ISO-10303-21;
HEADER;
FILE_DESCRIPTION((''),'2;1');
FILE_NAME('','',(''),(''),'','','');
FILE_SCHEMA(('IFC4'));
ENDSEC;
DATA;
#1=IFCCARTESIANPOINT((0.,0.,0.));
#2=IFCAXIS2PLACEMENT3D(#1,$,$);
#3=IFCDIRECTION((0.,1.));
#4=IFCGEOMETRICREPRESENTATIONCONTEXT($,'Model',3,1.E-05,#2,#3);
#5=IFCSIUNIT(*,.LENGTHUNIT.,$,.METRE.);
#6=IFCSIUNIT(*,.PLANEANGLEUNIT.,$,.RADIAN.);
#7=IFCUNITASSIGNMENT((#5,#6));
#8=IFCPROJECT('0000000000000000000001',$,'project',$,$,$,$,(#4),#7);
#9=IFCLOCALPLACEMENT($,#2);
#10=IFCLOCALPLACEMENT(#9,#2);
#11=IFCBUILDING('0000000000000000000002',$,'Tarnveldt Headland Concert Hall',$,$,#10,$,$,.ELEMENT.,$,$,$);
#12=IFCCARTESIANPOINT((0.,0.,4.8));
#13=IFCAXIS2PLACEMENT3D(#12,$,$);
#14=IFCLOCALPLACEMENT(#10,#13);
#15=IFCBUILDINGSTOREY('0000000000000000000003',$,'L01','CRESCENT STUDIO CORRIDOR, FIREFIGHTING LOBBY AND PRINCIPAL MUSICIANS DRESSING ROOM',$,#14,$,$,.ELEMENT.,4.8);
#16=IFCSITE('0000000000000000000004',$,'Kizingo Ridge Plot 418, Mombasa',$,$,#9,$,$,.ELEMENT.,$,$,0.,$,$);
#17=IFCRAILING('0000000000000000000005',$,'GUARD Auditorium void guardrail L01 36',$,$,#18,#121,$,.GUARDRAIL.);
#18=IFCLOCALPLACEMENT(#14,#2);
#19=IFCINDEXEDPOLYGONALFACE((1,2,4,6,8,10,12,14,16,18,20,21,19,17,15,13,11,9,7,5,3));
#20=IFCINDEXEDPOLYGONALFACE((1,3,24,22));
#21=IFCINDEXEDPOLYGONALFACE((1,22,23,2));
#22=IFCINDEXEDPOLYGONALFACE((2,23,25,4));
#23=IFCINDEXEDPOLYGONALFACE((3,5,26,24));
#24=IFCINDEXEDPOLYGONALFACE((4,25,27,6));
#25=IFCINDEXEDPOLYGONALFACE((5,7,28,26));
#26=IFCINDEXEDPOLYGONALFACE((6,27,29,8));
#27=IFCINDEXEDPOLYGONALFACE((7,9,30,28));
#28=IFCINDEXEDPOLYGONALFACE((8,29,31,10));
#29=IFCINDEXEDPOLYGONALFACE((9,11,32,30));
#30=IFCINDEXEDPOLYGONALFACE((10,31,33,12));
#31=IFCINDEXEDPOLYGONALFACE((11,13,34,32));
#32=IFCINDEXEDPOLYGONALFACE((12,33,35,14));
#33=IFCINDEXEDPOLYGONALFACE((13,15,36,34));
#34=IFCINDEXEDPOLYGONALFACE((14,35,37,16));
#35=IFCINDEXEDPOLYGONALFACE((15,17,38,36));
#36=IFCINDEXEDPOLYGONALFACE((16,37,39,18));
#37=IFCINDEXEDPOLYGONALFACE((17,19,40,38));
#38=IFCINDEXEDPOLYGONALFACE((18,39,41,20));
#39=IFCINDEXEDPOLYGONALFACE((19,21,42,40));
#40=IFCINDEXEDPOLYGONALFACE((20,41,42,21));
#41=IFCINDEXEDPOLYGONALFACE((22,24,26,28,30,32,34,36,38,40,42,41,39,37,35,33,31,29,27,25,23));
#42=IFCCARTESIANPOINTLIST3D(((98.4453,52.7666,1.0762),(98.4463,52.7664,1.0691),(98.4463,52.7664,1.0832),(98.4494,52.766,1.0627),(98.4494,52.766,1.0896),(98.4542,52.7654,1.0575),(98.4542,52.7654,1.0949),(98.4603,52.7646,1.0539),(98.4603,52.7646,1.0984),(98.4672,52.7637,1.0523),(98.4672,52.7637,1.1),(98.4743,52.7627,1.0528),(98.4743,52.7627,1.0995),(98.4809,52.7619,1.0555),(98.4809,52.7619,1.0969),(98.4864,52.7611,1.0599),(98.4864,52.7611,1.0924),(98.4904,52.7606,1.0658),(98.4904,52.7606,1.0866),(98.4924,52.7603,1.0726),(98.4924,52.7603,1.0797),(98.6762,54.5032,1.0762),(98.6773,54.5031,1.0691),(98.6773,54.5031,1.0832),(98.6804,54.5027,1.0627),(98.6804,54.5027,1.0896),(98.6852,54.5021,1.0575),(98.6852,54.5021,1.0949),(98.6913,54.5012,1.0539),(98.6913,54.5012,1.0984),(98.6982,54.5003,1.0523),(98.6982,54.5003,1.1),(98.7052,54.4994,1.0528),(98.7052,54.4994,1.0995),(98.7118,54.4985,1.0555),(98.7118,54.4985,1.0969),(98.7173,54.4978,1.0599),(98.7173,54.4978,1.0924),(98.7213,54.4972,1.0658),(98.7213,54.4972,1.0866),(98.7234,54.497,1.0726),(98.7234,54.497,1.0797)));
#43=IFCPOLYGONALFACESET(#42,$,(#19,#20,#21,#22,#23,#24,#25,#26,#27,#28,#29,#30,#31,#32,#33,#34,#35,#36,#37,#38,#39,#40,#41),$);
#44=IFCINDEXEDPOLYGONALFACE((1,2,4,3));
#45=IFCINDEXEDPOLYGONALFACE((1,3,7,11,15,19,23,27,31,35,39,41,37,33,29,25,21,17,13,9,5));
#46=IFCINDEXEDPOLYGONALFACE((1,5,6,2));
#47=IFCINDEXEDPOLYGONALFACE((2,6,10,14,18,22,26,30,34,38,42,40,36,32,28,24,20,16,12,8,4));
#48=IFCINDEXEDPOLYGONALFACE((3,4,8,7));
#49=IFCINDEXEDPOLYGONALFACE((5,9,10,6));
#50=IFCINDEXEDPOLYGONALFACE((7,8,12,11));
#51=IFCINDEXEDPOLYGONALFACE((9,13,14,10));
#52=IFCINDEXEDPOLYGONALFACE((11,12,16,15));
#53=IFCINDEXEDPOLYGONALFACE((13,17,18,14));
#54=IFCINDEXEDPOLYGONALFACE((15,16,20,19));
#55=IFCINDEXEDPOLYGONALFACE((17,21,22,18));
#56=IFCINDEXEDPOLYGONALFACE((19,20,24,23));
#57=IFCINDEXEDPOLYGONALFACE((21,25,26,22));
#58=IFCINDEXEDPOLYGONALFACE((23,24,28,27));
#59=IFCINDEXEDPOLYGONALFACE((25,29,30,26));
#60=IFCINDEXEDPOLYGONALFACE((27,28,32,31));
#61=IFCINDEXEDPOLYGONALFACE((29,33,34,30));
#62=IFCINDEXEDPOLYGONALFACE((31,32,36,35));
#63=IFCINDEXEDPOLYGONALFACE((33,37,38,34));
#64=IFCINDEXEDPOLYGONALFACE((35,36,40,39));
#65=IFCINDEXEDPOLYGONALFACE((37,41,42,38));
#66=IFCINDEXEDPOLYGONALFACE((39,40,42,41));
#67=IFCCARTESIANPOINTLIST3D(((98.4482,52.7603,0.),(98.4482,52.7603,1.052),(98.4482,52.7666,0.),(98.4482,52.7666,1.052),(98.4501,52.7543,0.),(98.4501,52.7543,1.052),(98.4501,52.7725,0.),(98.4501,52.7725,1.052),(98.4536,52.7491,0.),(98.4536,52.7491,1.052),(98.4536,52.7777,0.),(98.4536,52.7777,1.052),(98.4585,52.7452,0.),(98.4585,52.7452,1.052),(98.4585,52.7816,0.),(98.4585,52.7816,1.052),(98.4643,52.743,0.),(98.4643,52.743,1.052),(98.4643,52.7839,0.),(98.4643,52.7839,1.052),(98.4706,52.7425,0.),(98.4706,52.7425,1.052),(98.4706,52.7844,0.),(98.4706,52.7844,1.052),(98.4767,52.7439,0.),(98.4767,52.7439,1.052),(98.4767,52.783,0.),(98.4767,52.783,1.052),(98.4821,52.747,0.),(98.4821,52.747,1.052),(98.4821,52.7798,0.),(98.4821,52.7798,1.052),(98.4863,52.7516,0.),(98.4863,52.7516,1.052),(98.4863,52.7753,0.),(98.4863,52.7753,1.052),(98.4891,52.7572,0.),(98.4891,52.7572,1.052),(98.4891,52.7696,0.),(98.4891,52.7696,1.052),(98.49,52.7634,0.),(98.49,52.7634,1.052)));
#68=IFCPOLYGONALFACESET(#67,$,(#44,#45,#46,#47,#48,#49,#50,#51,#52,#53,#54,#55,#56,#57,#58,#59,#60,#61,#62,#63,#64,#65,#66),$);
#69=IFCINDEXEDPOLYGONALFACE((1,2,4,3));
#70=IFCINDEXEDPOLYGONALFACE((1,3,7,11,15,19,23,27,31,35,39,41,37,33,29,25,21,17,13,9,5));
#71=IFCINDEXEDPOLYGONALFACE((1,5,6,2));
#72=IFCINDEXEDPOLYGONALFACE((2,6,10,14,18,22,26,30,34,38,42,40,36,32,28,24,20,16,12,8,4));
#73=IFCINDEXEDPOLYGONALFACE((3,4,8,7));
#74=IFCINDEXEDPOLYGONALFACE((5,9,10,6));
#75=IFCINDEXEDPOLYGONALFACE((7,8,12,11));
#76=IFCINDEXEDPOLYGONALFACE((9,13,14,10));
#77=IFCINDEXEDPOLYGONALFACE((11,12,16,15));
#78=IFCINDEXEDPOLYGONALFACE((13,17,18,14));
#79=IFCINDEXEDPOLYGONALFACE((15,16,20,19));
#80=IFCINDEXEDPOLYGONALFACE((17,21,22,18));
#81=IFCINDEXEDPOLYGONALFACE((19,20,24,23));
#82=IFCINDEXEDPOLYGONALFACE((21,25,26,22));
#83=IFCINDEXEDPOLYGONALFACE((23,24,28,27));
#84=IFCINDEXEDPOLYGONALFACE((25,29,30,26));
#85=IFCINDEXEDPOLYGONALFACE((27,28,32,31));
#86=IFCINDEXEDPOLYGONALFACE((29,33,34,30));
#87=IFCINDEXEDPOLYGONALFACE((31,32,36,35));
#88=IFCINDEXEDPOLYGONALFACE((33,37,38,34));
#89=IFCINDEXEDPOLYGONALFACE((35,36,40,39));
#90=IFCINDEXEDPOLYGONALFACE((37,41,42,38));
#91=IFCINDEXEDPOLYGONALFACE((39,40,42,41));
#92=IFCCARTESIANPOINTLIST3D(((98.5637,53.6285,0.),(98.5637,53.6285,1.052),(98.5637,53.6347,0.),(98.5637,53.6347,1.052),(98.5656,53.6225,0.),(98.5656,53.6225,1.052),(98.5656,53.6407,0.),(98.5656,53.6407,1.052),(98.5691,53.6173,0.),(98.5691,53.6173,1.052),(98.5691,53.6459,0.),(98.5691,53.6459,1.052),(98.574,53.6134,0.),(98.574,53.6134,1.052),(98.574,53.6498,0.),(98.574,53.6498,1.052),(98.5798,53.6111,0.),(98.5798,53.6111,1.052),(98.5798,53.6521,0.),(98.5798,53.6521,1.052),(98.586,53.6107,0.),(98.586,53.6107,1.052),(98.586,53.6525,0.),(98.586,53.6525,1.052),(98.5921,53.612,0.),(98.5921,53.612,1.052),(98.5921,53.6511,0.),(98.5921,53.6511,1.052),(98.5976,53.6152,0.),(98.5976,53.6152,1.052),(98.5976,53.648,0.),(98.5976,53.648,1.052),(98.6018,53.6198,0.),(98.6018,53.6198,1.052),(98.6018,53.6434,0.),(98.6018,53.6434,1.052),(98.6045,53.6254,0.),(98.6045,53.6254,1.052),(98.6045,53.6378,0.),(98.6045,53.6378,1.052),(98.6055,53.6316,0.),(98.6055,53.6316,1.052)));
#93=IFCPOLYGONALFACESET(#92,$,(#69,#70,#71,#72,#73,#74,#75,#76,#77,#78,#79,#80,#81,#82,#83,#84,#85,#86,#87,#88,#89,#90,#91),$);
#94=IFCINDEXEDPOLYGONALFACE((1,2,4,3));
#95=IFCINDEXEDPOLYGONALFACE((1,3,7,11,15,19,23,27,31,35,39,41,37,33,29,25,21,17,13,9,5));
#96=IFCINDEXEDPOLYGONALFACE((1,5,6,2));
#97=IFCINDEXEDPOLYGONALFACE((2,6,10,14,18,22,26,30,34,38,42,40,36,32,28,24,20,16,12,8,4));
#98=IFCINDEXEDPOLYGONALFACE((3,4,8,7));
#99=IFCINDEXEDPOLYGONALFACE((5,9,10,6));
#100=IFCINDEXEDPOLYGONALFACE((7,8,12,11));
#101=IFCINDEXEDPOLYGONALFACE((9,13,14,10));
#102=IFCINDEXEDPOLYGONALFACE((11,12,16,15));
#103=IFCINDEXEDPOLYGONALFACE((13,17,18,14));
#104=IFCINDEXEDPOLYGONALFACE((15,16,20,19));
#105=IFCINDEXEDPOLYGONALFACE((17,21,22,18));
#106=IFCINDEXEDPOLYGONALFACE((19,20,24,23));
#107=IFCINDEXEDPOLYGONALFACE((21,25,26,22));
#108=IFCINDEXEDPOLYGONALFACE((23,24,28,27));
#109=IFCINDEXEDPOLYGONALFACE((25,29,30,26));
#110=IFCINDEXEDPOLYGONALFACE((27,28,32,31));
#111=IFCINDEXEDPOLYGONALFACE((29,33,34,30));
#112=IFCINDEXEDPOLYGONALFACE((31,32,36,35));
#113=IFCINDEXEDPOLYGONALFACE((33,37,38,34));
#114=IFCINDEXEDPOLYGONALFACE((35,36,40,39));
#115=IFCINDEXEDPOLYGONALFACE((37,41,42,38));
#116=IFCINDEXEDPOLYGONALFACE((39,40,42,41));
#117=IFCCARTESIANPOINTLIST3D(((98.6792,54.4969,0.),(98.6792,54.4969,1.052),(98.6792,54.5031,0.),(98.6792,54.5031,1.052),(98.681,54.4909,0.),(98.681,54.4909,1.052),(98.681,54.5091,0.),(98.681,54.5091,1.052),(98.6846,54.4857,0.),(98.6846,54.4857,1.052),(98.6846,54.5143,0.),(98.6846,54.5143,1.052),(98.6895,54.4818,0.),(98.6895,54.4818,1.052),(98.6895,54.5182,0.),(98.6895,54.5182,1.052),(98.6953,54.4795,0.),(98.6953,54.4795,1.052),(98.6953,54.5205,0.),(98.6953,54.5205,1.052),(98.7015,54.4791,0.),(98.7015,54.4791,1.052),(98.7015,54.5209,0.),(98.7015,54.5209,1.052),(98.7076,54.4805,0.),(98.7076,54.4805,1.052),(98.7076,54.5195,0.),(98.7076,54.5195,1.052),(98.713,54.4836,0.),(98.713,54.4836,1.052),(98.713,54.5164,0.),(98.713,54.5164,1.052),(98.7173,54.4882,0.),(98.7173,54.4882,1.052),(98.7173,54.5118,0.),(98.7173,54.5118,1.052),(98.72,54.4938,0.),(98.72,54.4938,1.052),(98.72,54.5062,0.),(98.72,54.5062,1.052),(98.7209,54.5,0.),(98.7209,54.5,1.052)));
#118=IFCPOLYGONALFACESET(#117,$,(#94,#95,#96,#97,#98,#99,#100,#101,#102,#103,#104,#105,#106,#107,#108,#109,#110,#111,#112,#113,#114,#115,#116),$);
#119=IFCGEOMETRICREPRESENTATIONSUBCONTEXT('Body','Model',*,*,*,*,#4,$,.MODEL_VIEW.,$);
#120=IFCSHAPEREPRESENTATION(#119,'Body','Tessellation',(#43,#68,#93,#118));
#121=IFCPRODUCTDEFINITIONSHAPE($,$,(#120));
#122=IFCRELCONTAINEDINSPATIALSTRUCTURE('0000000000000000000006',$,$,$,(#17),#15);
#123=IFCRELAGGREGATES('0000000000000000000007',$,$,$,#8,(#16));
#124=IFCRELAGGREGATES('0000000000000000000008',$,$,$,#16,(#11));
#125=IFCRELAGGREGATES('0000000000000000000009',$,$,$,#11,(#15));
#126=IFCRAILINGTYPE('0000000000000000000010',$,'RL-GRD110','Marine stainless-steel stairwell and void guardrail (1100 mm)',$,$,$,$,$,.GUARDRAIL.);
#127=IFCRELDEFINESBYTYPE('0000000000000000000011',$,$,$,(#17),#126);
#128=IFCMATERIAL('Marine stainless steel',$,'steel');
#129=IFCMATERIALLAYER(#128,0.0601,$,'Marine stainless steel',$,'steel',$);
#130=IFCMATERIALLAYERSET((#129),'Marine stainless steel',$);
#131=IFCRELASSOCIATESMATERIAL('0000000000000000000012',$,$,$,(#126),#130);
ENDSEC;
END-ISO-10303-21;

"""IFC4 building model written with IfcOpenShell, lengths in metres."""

from ifc_helpers import new_model, si_unit, direction, frame, origin, origin_2d, place, context, subcontext, project, spatial, circle, extrude, material, layer, layer_set, type_object, element, save


model = new_model("IFC4")

# Units and contexts
model_context = context("Model", 3, precision=1e-05, world=origin(), true_north=direction((0.0, 1.0)))
body_context = subcontext(model_context, "Body", "Model", "MODEL_VIEW")
ifc_project = project(units=[si_unit("LENGTHUNIT", "METRE"), si_unit("PLANEANGLEUNIT", "RADIAN")], contexts=[model_context])

# Site, building, storey
site_placement = place(None, origin())
site = spatial("IfcSite", under=ifc_project, at=site_placement, Name="Kizingo Ridge Plot 418, Mombasa", CompositionType="ELEMENT", RefElevation=0.0)
building_placement = place(site_placement, origin())
building = spatial("IfcBuilding", under=site, at=building_placement, Name="Tarnveldt Headland Concert Hall", CompositionType="ELEMENT")
storey_placement = place(building_placement, frame((0.0, 0.0, 4.8)))
storey = spatial("IfcBuildingStorey", under=building, at=storey_placement, Name="L01", Description="CRESCENT STUDIO CORRIDOR, FIREFIGHTING LOBBY AND PRINCIPAL MUSICIANS DRESSING ROOM", CompositionType="ELEMENT", Elevation=4.8)

# Railing
ifc_material_1 = material(Name="Marine stainless steel", Category="steel")
ifc_layer_1 = layer(ifc_material_1, 0.0601, Name="Marine stainless steel", Category="steel")
ifc_layer_set_1 = layer_set([ifc_layer_1], Name="Marine stainless steel")
railing_type_1 = type_object("IfcRailingType", Name="RL-GRD110", Description="Marine stainless-steel stairwell and void guardrail (1100 mm)", PredefinedType="GUARDRAIL", material=ifc_layer_set_1)
railing_1_placement = place(storey_placement, frame((98.469, 52.7634, 0.0)))
element("IfcRailing", 1, at=railing_1_placement, inside=storey, type_object=railing_type_1, Name="GUARD Auditorium void guardrail L01 36", PredefinedType="GUARDRAIL", context=body_context, shape_type="SweptSolid", body=[
    extrude(circle(Radius=0.0239, at=origin_2d()), frame((0.0, 0.0, 1.0762), z_axis=(0.131835, 0.991272, 0.0), x_axis=(-0.991272, 0.131835, 0.0)), (0.0, 0.0, 1.0), 1.752),
    extrude(circle(Radius=0.021, at=origin_2d()), origin(), (0.0, 0.0, 1.0), 1.052),
    extrude(circle(Radius=0.021, at=origin_2d()), frame((0.1155, 0.8682, 0.0)), (0.0, 0.0, 1.0), 1.052),
    extrude(circle(Radius=0.021, at=origin_2d()), frame((0.231, 1.7366, 0.0)), (0.0, 0.0, 1.0), 1.052),
])

save(model, "model.ifc")
